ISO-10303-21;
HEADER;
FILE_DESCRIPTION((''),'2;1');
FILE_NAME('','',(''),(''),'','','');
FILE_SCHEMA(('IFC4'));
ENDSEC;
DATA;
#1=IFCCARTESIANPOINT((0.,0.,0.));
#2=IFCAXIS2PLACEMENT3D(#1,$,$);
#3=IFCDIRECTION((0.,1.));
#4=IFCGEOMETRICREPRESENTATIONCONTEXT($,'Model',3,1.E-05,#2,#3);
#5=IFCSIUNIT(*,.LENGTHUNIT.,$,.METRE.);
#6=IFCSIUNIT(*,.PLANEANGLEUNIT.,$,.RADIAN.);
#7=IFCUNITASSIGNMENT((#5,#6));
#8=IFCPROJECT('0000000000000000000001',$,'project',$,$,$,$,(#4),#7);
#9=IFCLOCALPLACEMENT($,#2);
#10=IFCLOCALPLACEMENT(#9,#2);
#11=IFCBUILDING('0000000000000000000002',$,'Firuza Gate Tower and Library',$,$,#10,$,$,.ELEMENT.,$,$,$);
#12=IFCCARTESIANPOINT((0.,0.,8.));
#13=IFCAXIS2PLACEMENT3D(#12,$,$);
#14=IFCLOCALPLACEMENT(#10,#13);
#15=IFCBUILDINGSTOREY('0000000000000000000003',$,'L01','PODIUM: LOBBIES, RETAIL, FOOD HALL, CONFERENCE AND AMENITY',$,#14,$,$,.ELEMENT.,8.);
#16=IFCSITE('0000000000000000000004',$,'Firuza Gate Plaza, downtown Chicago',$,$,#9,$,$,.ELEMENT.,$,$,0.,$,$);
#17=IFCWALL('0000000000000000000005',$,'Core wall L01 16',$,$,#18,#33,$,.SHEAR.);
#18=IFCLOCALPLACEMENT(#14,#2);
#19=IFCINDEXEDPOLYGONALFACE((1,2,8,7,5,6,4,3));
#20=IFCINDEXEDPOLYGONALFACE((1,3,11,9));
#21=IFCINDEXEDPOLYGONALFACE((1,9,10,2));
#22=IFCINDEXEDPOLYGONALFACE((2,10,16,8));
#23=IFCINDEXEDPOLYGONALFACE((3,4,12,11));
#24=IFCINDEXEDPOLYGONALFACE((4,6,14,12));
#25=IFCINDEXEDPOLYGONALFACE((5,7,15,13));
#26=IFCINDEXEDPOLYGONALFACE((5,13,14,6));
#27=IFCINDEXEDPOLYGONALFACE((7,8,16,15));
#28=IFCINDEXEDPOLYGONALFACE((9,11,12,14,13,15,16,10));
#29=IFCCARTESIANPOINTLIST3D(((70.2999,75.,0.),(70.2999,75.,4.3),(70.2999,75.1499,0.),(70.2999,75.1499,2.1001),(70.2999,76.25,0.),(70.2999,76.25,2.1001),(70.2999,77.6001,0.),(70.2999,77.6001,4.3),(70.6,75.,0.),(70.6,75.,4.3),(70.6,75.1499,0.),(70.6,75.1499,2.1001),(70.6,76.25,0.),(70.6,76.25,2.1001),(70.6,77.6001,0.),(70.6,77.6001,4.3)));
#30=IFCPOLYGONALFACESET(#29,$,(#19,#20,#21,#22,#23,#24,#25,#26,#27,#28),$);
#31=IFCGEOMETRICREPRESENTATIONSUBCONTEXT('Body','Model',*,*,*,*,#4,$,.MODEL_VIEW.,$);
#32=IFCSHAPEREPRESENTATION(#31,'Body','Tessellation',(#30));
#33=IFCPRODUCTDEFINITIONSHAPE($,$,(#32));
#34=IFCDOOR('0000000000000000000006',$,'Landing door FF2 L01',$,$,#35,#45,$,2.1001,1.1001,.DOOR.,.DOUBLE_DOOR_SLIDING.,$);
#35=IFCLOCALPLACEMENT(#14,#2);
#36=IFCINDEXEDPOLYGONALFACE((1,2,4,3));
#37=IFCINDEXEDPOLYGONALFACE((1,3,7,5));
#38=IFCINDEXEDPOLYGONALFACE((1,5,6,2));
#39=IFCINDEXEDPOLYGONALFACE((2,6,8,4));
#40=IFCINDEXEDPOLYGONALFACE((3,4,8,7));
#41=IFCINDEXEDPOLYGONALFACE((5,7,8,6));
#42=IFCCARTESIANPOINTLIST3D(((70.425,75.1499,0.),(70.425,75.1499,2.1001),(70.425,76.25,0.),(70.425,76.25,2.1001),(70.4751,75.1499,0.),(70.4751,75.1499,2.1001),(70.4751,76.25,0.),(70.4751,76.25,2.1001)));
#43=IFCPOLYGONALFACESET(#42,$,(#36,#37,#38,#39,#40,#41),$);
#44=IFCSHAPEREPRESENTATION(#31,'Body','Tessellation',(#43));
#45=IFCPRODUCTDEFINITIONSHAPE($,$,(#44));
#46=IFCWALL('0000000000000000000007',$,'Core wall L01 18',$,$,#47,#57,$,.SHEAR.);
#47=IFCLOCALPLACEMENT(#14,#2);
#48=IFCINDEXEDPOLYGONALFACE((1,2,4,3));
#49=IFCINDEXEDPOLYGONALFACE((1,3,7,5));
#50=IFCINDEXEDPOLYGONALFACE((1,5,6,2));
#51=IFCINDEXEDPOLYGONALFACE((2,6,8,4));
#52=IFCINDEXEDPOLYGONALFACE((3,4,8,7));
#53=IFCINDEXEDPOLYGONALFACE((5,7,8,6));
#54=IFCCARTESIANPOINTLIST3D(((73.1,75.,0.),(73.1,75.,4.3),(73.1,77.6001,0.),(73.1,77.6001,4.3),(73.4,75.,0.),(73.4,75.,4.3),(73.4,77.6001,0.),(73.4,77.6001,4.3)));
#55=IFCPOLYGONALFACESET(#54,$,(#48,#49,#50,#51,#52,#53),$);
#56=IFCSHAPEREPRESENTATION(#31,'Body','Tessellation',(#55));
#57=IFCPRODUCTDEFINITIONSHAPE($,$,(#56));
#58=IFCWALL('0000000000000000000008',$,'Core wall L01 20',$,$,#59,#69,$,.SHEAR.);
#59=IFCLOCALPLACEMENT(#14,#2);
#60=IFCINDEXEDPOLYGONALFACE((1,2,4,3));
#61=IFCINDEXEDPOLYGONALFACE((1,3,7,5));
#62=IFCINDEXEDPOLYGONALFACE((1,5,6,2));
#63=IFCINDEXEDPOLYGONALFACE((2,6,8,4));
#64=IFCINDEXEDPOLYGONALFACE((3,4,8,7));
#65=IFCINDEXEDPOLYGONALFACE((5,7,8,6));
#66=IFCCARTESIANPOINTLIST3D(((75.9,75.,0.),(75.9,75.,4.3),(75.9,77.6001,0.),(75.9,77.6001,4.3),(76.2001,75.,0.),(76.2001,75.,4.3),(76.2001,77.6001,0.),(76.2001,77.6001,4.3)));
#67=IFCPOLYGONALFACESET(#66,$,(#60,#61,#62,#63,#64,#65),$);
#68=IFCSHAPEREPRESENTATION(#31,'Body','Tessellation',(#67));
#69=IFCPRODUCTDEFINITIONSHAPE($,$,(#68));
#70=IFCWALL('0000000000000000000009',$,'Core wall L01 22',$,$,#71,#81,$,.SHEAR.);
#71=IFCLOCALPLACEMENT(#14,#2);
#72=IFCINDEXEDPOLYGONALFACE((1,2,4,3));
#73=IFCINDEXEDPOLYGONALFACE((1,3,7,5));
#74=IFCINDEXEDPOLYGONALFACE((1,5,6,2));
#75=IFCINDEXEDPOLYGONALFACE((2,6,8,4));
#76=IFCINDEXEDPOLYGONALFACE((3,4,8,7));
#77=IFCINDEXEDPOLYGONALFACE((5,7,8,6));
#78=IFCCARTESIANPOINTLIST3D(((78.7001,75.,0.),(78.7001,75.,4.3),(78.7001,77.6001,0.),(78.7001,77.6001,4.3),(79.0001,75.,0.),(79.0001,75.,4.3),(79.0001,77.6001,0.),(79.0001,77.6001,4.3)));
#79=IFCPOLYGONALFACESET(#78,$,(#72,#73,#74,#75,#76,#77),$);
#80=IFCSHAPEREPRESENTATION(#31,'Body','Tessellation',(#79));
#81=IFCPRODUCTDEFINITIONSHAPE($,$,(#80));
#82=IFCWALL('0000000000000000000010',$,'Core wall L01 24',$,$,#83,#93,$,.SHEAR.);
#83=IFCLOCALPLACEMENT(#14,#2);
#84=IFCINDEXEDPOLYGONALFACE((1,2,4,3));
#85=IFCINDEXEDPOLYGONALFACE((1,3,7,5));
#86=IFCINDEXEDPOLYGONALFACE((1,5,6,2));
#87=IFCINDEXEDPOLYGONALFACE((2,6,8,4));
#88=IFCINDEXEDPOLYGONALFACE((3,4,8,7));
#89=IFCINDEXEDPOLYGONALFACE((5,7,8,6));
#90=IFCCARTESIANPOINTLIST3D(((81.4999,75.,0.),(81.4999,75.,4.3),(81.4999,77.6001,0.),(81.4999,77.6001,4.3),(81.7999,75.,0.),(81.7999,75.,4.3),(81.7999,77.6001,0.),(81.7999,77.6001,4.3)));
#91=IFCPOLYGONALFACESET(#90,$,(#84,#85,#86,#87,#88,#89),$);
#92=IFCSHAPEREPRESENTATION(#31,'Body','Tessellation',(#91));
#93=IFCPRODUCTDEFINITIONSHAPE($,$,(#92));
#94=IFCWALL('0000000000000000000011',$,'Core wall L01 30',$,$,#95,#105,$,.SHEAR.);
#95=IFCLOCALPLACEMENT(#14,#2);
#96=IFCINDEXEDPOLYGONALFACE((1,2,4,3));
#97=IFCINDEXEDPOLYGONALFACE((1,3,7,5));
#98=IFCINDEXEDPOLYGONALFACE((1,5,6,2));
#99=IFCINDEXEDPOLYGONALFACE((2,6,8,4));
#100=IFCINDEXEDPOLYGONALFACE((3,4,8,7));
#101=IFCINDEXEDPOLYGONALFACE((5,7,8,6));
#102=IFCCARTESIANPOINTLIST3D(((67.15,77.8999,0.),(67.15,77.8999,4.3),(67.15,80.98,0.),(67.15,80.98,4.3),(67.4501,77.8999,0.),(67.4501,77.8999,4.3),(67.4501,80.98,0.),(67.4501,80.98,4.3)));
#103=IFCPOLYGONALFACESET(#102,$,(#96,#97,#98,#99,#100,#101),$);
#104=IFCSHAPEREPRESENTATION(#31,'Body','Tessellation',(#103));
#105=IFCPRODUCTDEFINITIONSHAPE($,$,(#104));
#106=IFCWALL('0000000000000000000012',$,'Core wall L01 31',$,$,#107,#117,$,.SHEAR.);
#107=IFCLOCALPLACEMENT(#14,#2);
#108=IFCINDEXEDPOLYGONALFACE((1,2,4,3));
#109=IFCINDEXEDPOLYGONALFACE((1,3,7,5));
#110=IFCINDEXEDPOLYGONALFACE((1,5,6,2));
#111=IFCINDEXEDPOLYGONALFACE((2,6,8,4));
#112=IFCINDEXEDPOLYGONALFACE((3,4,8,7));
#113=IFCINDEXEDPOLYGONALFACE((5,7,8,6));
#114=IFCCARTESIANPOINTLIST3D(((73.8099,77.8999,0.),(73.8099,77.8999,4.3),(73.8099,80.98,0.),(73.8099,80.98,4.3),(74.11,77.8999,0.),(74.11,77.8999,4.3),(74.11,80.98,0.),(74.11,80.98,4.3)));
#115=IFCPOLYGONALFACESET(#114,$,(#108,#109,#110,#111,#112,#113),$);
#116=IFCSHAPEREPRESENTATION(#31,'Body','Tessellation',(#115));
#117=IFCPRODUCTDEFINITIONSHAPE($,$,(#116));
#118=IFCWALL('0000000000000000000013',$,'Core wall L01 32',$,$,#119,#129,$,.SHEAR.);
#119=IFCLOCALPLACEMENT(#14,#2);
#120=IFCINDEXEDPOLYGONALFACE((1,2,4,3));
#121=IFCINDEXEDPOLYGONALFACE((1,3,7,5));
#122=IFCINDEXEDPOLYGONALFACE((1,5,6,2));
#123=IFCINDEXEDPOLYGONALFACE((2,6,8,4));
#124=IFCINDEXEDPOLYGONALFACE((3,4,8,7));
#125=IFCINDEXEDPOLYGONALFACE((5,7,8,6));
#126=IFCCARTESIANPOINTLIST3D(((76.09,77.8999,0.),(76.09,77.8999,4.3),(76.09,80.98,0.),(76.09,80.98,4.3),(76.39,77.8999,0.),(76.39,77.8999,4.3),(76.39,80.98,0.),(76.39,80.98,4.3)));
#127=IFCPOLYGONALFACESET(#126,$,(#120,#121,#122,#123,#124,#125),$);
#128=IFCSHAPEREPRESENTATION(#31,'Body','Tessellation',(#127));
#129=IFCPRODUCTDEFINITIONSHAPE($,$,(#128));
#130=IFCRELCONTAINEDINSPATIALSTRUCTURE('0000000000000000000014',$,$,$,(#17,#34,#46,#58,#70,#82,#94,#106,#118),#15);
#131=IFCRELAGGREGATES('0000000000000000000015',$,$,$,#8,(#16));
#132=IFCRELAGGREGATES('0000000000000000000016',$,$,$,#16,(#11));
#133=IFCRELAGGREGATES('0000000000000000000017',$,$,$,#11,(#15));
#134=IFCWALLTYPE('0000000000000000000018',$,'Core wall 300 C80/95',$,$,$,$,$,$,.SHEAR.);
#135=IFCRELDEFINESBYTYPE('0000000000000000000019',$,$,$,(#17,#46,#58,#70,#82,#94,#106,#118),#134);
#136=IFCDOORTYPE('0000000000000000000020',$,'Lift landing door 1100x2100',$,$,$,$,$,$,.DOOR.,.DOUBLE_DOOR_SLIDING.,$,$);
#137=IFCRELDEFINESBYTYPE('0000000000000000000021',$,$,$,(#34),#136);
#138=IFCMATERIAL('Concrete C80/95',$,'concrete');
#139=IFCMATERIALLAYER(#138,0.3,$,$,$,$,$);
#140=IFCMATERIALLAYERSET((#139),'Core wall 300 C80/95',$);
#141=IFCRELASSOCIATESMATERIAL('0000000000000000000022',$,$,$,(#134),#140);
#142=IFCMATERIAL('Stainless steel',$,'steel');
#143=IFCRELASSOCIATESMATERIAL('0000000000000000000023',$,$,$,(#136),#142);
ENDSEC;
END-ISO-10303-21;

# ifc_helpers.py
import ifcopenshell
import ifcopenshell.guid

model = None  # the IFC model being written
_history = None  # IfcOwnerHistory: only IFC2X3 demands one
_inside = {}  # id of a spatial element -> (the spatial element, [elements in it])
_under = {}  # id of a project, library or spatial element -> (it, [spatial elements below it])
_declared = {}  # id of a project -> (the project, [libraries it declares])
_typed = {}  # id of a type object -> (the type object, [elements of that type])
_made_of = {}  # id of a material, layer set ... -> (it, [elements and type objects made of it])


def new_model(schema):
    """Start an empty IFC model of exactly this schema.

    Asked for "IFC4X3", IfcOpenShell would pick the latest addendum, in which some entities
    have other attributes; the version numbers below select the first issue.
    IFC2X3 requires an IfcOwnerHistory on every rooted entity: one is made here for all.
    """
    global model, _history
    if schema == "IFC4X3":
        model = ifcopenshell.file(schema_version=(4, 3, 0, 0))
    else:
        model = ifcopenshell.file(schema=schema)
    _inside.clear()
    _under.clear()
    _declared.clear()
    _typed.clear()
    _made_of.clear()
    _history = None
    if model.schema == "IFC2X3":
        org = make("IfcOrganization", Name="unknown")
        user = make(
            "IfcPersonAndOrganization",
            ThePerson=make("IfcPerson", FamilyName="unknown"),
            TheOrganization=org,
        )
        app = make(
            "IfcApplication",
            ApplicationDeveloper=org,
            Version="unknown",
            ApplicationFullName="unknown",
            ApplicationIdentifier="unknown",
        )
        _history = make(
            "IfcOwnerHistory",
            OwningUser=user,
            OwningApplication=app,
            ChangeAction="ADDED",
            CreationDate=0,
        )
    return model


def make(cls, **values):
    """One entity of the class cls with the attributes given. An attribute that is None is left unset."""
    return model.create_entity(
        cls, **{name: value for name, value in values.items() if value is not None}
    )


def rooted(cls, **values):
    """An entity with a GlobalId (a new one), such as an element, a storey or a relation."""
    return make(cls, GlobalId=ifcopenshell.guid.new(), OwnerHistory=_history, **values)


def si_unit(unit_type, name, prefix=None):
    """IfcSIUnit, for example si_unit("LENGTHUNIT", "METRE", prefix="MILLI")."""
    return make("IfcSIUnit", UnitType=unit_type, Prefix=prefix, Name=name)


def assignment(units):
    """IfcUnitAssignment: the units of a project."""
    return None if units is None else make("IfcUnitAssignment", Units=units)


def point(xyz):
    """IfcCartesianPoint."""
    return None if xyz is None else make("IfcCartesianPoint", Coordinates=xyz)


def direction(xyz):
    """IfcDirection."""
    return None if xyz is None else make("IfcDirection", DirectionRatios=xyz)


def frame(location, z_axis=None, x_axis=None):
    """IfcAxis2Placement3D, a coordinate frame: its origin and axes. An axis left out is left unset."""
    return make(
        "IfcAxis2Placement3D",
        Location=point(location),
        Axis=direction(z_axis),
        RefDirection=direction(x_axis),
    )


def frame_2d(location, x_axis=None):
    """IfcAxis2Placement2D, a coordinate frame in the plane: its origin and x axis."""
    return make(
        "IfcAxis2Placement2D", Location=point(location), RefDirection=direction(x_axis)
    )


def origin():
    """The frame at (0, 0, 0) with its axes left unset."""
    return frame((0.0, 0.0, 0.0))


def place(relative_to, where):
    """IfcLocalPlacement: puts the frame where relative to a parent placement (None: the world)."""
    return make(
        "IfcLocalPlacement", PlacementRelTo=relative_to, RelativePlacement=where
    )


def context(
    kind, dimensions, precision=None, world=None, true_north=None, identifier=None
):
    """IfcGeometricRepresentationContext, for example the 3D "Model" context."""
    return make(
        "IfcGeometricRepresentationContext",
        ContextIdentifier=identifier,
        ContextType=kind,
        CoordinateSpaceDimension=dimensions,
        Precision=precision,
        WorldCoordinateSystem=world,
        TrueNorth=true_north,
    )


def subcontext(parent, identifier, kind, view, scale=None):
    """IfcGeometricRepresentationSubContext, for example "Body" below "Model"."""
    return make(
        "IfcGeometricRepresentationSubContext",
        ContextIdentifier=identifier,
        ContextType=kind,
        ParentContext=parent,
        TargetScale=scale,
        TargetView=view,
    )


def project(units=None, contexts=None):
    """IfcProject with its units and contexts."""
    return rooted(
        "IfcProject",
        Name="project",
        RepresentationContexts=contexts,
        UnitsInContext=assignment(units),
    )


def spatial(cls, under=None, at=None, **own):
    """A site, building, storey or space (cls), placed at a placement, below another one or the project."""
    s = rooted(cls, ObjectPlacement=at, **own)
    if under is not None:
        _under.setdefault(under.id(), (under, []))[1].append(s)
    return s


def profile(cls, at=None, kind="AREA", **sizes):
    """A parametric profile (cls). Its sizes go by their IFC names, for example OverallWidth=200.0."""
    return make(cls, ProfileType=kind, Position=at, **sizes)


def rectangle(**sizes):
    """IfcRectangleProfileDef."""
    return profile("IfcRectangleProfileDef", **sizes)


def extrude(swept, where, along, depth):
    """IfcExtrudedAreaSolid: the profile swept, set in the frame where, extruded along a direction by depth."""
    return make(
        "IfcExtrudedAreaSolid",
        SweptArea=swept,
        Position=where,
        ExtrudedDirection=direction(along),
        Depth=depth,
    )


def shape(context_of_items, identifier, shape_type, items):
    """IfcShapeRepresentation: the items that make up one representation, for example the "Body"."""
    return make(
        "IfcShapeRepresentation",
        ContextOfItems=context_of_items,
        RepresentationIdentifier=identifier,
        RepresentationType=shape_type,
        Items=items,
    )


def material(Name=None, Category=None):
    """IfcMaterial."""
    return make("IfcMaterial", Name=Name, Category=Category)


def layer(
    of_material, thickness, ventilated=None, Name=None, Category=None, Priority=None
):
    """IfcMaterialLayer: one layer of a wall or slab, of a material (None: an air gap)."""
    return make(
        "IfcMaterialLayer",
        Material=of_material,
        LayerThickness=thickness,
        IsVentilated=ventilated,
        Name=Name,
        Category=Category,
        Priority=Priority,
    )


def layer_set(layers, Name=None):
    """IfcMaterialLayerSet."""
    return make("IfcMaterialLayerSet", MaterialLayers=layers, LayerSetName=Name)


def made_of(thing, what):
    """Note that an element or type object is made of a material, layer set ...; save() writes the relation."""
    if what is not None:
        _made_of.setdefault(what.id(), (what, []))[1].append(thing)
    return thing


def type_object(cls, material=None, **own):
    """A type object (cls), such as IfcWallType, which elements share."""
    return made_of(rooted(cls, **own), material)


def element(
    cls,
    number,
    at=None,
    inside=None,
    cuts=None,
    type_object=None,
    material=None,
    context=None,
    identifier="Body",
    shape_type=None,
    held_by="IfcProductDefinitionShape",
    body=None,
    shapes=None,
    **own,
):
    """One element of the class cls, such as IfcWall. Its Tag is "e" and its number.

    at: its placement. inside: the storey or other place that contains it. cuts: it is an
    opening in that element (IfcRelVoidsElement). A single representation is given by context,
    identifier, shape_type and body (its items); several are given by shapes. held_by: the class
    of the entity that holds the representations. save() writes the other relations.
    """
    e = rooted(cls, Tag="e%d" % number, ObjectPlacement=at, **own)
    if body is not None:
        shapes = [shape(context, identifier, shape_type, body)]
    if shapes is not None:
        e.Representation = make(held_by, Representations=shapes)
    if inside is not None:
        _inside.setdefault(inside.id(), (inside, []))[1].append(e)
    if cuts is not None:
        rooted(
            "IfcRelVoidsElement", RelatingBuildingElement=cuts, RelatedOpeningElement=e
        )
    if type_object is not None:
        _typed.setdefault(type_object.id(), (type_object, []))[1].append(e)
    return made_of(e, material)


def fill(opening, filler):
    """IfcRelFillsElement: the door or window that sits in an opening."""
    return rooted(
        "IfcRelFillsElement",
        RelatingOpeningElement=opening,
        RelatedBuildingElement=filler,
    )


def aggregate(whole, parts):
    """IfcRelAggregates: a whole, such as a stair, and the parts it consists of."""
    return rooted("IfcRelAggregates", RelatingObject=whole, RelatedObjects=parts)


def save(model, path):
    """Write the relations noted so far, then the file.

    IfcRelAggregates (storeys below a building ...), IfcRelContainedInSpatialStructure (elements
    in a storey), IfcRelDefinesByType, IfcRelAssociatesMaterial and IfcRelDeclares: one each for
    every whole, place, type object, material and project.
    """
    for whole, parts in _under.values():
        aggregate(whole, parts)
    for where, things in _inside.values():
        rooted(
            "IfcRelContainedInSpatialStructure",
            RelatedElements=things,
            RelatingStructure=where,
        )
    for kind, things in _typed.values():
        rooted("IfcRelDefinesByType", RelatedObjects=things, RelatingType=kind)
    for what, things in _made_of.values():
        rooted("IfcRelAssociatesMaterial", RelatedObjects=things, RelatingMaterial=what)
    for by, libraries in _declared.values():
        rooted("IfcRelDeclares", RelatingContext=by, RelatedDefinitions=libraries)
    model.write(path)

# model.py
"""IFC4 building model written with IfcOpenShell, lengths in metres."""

from ifc_helpers import new_model, si_unit, direction, frame, frame_2d, origin, place, context, subcontext, project, spatial, rectangle, extrude, material, layer, layer_set, type_object, element, fill, save


model = new_model("IFC4")

# Units and contexts
model_context = context("Model", 3, precision=1e-05, world=origin(), true_north=direction((0.0, 1.0)))
body_context = subcontext(model_context, "Body", "Model", "MODEL_VIEW")
ifc_project = project(units=[si_unit("LENGTHUNIT", "METRE"), si_unit("PLANEANGLEUNIT", "RADIAN")], contexts=[model_context])

# Site, building, storey
site_placement = place(None, origin())
site = spatial("IfcSite", under=ifc_project, at=site_placement, Name="Firuza Gate Plaza, downtown Chicago", CompositionType="ELEMENT", RefElevation=0.0)
building_placement = place(site_placement, origin())
building = spatial("IfcBuilding", under=site, at=building_placement, Name="Firuza Gate Tower and Library", CompositionType="ELEMENT")
storey_placement = place(building_placement, frame((0.0, 0.0, 8.0)))
storey = spatial("IfcBuildingStorey", under=building, at=storey_placement, Name="L01", Description="PODIUM: LOBBIES, RETAIL, FOOD HALL, CONFERENCE AND AMENITY", CompositionType="ELEMENT", Elevation=8.0)

# Shared definitions
ifc_material_1 = material(Name="Concrete C80/95", Category="concrete")
ifc_layer_1 = layer(ifc_material_1, 0.3)
ifc_layer_set_1 = layer_set([ifc_layer_1], Name="Core wall 300 C80/95")
wall_type_1 = type_object("IfcWallType", Name="Core wall 300 C80/95", PredefinedType="SHEAR", material=ifc_layer_set_1)
ifc_material_2 = material(Name="Stainless steel", Category="steel")
door_type_1 = type_object("IfcDoorType", Name="Lift landing door 1100x2100", OperationType="DOUBLE_DOOR_SLIDING", PredefinedType="DOOR", material=ifc_material_2)

# Wall, opening, door
wall_1_placement = place(storey_placement, frame((70.45, 75.0, 0.0), z_axis=(0.0, 0.0, 1.0), x_axis=(0.0, 1.0, 0.0)))
wall_1 = element("IfcWall", 1, at=wall_1_placement, inside=storey, type_object=wall_type_1, Name="Core wall L01 16", PredefinedType="SHEAR", context=body_context, shape_type="SweptSolid", body=[
    extrude(rectangle(XDim=2.6001, YDim=0.3, at=frame_2d((1.3, 0.0))), origin(), (0.0, 0.0, 1.0), 4.3),
])
opening_1_placement = place(wall_1_placement, frame((0.1499, 0.0, 0.0)))
opening_1 = element("IfcOpeningElement", 2, at=opening_1_placement, cuts=wall_1, PredefinedType="OPENING", context=body_context, shape_type="SweptSolid", body=[
    extrude(rectangle(XDim=1.1001, YDim=2.1001, at=frame_2d((0.55, 1.05))), frame((0.0, 0.1602, 0.0), z_axis=(0.0, -1.0, 0.0), x_axis=(1.0, 0.0, 0.0)), (0.0, 0.0, 1.0), 0.3201),
])
door_1_placement = place(opening_1_placement, origin())
door_1 = element("IfcDoor", 3, at=door_1_placement, inside=storey, type_object=door_type_1, Name="Landing door FF2 L01", OperationType="DOUBLE_DOOR_SLIDING", OverallHeight=2.1001, OverallWidth=1.1001, PredefinedType="DOOR", context=body_context, shape_type="SweptSolid", body=[
    extrude(rectangle(XDim=1.1001, YDim=2.1001, at=frame_2d((0.55, 1.05))), frame((0.0, 0.0249, 0.0), z_axis=(0.0, -1.0, 0.0), x_axis=(1.0, 0.0, 0.0)), (0.0, 0.0, 1.0), 0.05),
])
fill(opening_1, door_1)

# Walls
for number, where, z_axis, x_axis, name in (
    (4, (73.25, 75.0, 0.0), (0.0, 0.0, 1.0), (0.0, 1.0, 0.0), "Core wall L01 18"),
    (5, (76.05, 75.0, 0.0), (0.0, 0.0, 1.0), (0.0, 1.0, 0.0), "Core wall L01 20"),
    (6, (78.8501, 75.0, 0.0), (0.0, 0.0, 1.0), (0.0, 1.0, 0.0), "Core wall L01 22"),
    (7, (81.6499, 75.0, 0.0), (0.0, 0.0, 1.0), (0.0, 1.0, 0.0), "Core wall L01 24"),
):
    element("IfcWall", number, at=place(storey_placement, frame(where, z_axis=z_axis, x_axis=x_axis)), inside=storey, type_object=wall_type_1, Name=name, PredefinedType="SHEAR", context=body_context, shape_type="SweptSolid", body=[
        extrude(rectangle(XDim=2.6001, YDim=0.3, at=frame_2d((1.3, 0.0))), origin(), (0.0, 0.0, 1.0), 4.3),
    ])
for number, where, z_axis, x_axis, name in (
    (8, (67.3, 77.8999, 0.0), (0.0, 0.0, 1.0), (0.0, 1.0, 0.0), "Core wall L01 30"),
    (9, (73.96, 77.8999, 0.0), (0.0, 0.0, 1.0), (0.0, 1.0, 0.0), "Core wall L01 31"),
    (10, (76.24, 77.8999, 0.0), (0.0, 0.0, 1.0), (0.0, 1.0, 0.0), "Core wall L01 32"),
):
    element("IfcWall", number, at=place(storey_placement, frame(where, z_axis=z_axis, x_axis=x_axis)), inside=storey, type_object=wall_type_1, Name=name, PredefinedType="SHEAR", context=body_context, shape_type="SweptSolid", body=[
        extrude(rectangle(XDim=3.0801, YDim=0.3, at=frame_2d((1.54, 0.0))), origin(), (0.0, 0.0, 1.0), 4.3),
    ])

save(model, "model.ifc")
